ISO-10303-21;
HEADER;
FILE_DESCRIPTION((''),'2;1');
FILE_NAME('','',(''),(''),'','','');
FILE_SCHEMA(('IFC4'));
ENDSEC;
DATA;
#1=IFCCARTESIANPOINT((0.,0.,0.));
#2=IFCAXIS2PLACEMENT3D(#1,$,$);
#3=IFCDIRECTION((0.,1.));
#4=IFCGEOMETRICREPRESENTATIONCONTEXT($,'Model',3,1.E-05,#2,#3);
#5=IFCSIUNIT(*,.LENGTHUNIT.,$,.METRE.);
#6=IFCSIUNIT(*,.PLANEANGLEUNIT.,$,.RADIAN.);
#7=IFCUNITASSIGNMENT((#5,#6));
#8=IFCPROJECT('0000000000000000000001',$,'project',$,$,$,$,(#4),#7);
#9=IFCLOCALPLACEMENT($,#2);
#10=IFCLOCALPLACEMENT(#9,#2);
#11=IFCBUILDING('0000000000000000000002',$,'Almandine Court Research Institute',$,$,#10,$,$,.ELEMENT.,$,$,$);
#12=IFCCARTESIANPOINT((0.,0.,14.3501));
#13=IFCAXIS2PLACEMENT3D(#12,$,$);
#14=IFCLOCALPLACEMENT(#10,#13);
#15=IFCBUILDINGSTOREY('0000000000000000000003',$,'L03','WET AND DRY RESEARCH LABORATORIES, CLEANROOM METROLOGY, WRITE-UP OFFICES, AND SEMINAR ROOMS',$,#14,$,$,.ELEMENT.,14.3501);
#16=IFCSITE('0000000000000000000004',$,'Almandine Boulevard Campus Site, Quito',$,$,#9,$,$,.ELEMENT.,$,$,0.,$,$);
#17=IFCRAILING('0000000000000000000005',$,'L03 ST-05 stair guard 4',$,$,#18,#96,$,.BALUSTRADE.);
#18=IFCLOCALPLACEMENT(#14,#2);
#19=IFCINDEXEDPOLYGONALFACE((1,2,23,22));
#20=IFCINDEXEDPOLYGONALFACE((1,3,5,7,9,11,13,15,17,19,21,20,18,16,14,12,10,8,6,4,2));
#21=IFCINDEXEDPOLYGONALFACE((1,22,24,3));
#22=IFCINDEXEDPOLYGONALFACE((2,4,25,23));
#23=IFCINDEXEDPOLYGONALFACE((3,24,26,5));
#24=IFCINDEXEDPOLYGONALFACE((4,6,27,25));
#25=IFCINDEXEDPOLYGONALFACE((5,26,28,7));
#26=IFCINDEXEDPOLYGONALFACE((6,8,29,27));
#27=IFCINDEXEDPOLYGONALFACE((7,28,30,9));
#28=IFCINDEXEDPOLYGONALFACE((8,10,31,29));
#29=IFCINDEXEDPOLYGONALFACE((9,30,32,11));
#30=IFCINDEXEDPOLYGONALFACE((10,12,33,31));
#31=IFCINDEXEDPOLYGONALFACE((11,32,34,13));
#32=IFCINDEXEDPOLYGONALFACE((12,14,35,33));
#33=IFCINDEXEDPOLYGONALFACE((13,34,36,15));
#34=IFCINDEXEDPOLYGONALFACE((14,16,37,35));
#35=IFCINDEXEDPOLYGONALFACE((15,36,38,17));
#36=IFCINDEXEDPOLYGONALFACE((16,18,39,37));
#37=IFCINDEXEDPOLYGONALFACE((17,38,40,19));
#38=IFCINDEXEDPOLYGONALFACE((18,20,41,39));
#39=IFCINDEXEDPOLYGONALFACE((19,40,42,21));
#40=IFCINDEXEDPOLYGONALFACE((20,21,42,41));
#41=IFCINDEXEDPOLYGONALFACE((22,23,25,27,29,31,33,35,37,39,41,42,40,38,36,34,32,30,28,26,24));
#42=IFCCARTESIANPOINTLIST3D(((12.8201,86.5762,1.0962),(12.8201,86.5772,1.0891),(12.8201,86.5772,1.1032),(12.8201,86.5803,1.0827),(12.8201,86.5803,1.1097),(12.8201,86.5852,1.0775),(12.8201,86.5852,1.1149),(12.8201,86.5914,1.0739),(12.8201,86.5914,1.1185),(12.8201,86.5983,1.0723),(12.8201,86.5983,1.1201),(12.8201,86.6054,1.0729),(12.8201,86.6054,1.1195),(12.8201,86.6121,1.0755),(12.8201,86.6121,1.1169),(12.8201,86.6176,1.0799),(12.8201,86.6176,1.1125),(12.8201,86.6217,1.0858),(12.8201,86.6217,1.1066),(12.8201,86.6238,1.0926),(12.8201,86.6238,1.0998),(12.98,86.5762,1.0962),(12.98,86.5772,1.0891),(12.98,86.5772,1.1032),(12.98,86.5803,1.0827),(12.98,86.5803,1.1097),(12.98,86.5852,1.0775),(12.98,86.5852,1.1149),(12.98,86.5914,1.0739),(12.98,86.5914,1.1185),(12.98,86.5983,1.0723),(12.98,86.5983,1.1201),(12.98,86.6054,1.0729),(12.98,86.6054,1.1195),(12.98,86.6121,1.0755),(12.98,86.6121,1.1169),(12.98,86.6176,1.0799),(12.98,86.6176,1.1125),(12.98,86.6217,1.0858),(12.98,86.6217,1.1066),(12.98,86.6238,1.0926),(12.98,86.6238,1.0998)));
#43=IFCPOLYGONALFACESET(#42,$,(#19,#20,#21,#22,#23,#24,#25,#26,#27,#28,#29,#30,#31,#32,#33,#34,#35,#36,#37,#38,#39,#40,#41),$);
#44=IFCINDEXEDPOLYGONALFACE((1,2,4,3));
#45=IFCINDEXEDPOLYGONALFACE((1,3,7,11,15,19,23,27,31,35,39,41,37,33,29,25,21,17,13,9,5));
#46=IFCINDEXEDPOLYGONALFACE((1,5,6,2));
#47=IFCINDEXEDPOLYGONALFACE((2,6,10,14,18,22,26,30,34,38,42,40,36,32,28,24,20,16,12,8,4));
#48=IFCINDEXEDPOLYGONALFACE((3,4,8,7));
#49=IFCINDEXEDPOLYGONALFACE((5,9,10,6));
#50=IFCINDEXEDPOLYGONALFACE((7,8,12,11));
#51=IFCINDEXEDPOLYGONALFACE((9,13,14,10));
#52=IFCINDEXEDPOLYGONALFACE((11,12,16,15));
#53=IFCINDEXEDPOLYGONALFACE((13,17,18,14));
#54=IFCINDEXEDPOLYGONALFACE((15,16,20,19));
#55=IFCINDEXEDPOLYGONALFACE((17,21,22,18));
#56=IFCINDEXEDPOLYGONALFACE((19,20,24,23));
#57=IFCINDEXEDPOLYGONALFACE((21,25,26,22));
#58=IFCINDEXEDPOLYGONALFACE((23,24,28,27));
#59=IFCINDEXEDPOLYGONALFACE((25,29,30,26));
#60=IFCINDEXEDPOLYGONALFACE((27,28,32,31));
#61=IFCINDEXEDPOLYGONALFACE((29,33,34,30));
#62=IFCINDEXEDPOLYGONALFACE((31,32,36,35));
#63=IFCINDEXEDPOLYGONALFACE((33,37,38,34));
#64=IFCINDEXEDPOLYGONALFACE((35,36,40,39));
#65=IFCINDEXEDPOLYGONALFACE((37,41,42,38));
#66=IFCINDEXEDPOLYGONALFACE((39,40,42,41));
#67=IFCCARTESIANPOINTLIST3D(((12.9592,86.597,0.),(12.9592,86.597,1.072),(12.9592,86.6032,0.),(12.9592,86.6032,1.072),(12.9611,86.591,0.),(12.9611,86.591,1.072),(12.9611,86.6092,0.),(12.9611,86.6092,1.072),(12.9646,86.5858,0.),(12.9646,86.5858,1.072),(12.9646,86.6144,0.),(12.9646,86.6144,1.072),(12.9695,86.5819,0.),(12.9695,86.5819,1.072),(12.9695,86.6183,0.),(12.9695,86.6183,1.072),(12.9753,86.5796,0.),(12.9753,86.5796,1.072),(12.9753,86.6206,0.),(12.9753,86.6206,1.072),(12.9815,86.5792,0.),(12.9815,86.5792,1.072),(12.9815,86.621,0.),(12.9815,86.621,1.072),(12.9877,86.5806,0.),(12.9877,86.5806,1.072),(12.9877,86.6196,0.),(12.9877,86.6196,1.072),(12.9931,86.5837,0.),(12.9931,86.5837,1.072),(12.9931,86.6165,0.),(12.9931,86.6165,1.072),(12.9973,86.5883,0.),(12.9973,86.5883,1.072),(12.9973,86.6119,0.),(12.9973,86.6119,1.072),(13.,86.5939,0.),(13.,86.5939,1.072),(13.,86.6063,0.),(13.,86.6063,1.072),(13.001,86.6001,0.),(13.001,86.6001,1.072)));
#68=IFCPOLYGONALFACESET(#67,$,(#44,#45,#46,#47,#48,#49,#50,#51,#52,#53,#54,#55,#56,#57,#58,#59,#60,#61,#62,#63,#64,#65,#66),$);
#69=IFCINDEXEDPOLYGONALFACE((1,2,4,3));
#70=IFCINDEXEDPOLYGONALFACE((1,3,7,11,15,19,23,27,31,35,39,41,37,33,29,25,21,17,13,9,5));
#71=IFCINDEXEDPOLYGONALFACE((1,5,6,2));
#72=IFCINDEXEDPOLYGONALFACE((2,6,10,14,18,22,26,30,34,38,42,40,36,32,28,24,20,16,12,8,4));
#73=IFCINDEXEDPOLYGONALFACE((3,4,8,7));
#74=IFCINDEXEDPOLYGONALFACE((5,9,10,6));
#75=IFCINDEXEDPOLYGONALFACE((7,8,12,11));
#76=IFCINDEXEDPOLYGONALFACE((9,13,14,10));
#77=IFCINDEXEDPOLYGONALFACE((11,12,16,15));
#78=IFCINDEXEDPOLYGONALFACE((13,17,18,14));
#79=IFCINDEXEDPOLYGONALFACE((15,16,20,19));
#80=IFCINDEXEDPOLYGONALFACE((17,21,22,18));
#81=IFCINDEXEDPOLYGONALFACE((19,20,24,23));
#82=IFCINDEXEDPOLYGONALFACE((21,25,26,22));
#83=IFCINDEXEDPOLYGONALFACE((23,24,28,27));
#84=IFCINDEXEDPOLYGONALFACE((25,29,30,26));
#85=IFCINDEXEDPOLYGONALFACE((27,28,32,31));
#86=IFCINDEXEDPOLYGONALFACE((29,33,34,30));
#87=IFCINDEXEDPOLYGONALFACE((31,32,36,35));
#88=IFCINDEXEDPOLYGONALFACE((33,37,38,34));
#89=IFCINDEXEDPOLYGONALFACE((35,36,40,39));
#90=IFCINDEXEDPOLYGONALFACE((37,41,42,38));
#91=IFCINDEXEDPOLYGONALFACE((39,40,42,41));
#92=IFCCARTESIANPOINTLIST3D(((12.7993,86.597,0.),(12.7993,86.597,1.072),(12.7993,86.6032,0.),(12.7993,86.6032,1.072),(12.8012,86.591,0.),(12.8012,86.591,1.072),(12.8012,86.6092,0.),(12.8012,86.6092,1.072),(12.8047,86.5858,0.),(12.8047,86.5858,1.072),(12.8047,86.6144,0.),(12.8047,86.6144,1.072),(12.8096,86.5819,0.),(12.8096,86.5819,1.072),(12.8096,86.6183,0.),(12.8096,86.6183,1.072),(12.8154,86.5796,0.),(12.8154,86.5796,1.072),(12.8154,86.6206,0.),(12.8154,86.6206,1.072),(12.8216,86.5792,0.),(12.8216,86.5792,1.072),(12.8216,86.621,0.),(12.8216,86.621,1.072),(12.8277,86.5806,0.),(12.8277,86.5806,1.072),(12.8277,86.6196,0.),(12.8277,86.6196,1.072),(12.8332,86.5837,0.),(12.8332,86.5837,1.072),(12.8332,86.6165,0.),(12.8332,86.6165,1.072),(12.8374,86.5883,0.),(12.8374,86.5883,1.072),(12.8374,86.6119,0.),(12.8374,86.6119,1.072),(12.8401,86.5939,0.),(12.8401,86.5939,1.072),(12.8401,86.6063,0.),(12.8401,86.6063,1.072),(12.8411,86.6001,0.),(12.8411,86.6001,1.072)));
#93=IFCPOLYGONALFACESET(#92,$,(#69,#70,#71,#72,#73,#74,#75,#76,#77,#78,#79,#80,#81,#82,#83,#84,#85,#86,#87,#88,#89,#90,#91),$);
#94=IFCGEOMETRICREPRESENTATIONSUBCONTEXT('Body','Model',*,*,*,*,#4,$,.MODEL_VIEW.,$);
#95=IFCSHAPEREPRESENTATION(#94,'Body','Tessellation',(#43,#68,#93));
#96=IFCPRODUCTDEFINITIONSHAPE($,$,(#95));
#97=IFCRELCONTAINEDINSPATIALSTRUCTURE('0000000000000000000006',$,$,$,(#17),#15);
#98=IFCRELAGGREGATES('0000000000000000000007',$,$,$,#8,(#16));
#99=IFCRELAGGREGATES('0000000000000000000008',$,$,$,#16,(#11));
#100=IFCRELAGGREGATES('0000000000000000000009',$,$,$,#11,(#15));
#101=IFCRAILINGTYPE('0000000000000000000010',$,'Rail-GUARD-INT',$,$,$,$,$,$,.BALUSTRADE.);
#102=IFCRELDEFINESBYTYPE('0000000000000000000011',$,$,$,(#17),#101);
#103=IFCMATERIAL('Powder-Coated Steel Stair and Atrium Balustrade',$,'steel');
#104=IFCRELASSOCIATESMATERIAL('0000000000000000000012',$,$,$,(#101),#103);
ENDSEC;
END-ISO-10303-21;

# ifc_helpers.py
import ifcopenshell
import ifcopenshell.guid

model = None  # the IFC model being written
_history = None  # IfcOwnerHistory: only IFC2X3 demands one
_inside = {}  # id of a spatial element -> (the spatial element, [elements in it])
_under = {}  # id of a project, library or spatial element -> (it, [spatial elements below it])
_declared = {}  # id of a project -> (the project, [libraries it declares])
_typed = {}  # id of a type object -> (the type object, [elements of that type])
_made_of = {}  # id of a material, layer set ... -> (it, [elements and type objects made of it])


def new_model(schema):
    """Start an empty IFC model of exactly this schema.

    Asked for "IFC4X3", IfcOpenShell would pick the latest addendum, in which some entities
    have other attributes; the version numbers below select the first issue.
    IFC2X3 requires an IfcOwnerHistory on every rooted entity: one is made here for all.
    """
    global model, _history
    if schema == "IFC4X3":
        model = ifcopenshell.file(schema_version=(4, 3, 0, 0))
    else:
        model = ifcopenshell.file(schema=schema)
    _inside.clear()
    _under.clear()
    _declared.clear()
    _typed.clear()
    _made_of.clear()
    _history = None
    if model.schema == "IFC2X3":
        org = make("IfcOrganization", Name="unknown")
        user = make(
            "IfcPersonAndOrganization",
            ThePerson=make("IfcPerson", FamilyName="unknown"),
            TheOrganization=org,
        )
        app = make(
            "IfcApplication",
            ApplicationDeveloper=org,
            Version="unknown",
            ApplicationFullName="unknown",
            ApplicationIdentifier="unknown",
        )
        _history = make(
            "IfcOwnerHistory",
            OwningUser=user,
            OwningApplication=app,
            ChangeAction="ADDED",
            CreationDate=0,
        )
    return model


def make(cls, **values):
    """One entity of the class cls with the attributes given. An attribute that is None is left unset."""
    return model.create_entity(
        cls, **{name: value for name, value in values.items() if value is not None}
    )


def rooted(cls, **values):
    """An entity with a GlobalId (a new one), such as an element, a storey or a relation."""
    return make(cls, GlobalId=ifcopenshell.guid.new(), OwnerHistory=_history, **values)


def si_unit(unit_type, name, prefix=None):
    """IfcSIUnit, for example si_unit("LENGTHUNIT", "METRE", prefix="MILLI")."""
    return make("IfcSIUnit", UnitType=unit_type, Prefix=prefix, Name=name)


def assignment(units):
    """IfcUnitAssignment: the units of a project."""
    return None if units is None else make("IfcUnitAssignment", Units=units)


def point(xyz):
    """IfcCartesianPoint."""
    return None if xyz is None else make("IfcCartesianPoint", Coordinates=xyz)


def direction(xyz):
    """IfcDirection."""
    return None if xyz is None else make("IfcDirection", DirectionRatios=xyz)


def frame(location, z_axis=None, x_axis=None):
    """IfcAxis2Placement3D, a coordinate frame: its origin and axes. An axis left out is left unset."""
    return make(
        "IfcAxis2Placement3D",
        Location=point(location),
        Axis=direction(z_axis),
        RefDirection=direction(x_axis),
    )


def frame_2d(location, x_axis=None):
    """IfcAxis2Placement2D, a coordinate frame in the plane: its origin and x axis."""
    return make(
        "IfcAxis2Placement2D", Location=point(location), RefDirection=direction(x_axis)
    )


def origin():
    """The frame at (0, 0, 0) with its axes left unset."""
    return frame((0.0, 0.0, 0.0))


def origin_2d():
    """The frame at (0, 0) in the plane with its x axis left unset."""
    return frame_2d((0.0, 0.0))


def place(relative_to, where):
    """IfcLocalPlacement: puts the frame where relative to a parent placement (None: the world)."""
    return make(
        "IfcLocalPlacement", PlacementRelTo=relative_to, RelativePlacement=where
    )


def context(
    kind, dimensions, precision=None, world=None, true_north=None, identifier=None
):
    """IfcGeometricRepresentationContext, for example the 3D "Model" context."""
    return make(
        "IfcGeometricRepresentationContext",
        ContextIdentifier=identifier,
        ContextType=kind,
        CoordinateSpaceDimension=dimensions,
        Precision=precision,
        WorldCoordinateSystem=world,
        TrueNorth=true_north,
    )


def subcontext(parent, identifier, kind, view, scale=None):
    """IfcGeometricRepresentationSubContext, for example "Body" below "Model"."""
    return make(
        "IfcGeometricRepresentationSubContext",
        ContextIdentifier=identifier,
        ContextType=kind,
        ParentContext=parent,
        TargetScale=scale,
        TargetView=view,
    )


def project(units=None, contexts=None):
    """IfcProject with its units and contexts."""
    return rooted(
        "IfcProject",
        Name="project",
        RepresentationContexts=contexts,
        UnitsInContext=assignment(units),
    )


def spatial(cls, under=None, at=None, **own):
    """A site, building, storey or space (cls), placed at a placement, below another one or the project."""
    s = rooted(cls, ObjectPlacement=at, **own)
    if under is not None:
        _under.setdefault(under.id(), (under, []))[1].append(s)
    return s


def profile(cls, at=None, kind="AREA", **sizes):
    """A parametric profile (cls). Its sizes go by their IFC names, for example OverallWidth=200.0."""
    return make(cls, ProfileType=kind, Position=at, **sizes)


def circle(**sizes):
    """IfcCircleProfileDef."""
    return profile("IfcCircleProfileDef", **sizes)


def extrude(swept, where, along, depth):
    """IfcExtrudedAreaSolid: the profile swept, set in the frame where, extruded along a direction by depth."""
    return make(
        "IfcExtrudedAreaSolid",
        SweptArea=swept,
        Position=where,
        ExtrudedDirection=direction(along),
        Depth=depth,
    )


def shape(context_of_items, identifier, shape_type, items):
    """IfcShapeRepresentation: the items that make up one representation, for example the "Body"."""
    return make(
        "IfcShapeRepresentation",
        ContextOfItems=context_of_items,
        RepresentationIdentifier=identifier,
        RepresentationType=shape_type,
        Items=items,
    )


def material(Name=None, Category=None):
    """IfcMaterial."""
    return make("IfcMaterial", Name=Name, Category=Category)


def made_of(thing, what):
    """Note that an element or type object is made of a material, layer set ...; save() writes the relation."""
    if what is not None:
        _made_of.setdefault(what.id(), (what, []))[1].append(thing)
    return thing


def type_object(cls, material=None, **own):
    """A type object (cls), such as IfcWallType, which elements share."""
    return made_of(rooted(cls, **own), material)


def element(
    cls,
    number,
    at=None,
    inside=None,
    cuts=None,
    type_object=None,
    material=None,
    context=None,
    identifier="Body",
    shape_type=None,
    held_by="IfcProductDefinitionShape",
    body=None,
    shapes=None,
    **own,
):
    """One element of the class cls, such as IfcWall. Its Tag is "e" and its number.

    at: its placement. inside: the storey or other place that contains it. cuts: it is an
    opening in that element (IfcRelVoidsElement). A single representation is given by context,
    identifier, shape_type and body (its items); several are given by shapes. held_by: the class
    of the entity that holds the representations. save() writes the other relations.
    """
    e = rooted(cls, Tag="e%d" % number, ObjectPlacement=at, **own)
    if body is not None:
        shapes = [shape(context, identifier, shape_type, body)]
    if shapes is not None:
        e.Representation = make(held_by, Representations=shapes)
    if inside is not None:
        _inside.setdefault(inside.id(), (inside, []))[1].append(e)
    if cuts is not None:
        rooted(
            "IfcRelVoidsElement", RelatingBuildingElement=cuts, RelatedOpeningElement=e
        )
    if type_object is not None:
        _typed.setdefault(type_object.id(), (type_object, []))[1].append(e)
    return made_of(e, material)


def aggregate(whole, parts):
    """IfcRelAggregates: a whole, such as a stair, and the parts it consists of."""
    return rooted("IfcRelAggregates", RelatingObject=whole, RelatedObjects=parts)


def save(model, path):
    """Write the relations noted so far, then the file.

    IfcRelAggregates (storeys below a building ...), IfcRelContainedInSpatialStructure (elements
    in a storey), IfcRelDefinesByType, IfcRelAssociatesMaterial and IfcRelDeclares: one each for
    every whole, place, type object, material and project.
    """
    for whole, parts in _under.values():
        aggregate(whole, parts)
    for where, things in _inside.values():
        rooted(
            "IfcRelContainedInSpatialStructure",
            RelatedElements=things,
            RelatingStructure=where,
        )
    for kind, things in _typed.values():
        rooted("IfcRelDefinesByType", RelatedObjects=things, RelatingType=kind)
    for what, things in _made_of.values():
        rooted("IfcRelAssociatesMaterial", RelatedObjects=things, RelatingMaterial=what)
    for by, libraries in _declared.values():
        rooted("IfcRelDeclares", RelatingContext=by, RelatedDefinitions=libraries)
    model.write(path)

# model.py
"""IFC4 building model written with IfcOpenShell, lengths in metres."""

from ifc_helpers import new_model, si_unit, direction, frame, origin, origin_2d, place, context, subcontext, project, spatial, circle, extrude, material, type_object, element, save


model = new_model("IFC4")

# Units and contexts
model_context = context("Model", 3, precision=1e-05, world=origin(), true_north=direction((0.0, 1.0)))
body_context = subcontext(model_context, "Body", "Model", "MODEL_VIEW")
ifc_project = project(units=[si_unit("LENGTHUNIT", "METRE"), si_unit("PLANEANGLEUNIT", "RADIAN")], contexts=[model_context])

# Site, building, storey
site_placement = place(None, origin())
site = spatial("IfcSite", under=ifc_project, at=site_placement, Name="Almandine Boulevard Campus Site, Quito", CompositionType="ELEMENT", RefElevation=0.0)
building_placement = place(site_placement, origin())
building = spatial("IfcBuilding", under=site, at=building_placement, Name="Almandine Court Research Institute", CompositionType="ELEMENT")
storey_placement = place(building_placement, frame((0.0, 0.0, 14.3501)))
storey = spatial("IfcBuildingStorey", under=building, at=storey_placement, Name="L03", Description="WET AND DRY RESEARCH LABORATORIES, CLEANROOM METROLOGY, WRITE-UP OFFICES, AND SEMINAR ROOMS", CompositionType="ELEMENT", Elevation=14.3501)

# Railing
ifc_material_1 = material(Name="Powder-Coated Steel Stair and Atrium Balustrade", Category="steel")
railing_type_1 = type_object("IfcRailingType", Name="Rail-GUARD-INT", PredefinedType="BALUSTRADE", material=ifc_material_1)
railing_1_placement = place(storey_placement, frame((12.98, 86.6001, 0.0)))
element("IfcRailing", 1, at=railing_1_placement, inside=storey, type_object=railing_type_1, Name="L03 ST-05 stair guard 4", PredefinedType="BALUSTRADE", context=body_context, shape_type="SweptSolid", body=[
    extrude(circle(Radius=0.0239, at=origin_2d()), frame((0.0, 0.0, 1.0962), z_axis=(-1.0, 0.0, 0.0), x_axis=(0.0, -1.0, 0.0)), (0.0, 0.0, 1.0), 0.1599),
    extrude(circle(Radius=0.021, at=origin_2d()), origin(), (0.0, 0.0, 1.0), 1.072),
    extrude(circle(Radius=0.021, at=origin_2d()), frame((-0.1599, 0.0, 0.0)), (0.0, 0.0, 1.0), 1.072),
])

save(model, "model.ifc")
